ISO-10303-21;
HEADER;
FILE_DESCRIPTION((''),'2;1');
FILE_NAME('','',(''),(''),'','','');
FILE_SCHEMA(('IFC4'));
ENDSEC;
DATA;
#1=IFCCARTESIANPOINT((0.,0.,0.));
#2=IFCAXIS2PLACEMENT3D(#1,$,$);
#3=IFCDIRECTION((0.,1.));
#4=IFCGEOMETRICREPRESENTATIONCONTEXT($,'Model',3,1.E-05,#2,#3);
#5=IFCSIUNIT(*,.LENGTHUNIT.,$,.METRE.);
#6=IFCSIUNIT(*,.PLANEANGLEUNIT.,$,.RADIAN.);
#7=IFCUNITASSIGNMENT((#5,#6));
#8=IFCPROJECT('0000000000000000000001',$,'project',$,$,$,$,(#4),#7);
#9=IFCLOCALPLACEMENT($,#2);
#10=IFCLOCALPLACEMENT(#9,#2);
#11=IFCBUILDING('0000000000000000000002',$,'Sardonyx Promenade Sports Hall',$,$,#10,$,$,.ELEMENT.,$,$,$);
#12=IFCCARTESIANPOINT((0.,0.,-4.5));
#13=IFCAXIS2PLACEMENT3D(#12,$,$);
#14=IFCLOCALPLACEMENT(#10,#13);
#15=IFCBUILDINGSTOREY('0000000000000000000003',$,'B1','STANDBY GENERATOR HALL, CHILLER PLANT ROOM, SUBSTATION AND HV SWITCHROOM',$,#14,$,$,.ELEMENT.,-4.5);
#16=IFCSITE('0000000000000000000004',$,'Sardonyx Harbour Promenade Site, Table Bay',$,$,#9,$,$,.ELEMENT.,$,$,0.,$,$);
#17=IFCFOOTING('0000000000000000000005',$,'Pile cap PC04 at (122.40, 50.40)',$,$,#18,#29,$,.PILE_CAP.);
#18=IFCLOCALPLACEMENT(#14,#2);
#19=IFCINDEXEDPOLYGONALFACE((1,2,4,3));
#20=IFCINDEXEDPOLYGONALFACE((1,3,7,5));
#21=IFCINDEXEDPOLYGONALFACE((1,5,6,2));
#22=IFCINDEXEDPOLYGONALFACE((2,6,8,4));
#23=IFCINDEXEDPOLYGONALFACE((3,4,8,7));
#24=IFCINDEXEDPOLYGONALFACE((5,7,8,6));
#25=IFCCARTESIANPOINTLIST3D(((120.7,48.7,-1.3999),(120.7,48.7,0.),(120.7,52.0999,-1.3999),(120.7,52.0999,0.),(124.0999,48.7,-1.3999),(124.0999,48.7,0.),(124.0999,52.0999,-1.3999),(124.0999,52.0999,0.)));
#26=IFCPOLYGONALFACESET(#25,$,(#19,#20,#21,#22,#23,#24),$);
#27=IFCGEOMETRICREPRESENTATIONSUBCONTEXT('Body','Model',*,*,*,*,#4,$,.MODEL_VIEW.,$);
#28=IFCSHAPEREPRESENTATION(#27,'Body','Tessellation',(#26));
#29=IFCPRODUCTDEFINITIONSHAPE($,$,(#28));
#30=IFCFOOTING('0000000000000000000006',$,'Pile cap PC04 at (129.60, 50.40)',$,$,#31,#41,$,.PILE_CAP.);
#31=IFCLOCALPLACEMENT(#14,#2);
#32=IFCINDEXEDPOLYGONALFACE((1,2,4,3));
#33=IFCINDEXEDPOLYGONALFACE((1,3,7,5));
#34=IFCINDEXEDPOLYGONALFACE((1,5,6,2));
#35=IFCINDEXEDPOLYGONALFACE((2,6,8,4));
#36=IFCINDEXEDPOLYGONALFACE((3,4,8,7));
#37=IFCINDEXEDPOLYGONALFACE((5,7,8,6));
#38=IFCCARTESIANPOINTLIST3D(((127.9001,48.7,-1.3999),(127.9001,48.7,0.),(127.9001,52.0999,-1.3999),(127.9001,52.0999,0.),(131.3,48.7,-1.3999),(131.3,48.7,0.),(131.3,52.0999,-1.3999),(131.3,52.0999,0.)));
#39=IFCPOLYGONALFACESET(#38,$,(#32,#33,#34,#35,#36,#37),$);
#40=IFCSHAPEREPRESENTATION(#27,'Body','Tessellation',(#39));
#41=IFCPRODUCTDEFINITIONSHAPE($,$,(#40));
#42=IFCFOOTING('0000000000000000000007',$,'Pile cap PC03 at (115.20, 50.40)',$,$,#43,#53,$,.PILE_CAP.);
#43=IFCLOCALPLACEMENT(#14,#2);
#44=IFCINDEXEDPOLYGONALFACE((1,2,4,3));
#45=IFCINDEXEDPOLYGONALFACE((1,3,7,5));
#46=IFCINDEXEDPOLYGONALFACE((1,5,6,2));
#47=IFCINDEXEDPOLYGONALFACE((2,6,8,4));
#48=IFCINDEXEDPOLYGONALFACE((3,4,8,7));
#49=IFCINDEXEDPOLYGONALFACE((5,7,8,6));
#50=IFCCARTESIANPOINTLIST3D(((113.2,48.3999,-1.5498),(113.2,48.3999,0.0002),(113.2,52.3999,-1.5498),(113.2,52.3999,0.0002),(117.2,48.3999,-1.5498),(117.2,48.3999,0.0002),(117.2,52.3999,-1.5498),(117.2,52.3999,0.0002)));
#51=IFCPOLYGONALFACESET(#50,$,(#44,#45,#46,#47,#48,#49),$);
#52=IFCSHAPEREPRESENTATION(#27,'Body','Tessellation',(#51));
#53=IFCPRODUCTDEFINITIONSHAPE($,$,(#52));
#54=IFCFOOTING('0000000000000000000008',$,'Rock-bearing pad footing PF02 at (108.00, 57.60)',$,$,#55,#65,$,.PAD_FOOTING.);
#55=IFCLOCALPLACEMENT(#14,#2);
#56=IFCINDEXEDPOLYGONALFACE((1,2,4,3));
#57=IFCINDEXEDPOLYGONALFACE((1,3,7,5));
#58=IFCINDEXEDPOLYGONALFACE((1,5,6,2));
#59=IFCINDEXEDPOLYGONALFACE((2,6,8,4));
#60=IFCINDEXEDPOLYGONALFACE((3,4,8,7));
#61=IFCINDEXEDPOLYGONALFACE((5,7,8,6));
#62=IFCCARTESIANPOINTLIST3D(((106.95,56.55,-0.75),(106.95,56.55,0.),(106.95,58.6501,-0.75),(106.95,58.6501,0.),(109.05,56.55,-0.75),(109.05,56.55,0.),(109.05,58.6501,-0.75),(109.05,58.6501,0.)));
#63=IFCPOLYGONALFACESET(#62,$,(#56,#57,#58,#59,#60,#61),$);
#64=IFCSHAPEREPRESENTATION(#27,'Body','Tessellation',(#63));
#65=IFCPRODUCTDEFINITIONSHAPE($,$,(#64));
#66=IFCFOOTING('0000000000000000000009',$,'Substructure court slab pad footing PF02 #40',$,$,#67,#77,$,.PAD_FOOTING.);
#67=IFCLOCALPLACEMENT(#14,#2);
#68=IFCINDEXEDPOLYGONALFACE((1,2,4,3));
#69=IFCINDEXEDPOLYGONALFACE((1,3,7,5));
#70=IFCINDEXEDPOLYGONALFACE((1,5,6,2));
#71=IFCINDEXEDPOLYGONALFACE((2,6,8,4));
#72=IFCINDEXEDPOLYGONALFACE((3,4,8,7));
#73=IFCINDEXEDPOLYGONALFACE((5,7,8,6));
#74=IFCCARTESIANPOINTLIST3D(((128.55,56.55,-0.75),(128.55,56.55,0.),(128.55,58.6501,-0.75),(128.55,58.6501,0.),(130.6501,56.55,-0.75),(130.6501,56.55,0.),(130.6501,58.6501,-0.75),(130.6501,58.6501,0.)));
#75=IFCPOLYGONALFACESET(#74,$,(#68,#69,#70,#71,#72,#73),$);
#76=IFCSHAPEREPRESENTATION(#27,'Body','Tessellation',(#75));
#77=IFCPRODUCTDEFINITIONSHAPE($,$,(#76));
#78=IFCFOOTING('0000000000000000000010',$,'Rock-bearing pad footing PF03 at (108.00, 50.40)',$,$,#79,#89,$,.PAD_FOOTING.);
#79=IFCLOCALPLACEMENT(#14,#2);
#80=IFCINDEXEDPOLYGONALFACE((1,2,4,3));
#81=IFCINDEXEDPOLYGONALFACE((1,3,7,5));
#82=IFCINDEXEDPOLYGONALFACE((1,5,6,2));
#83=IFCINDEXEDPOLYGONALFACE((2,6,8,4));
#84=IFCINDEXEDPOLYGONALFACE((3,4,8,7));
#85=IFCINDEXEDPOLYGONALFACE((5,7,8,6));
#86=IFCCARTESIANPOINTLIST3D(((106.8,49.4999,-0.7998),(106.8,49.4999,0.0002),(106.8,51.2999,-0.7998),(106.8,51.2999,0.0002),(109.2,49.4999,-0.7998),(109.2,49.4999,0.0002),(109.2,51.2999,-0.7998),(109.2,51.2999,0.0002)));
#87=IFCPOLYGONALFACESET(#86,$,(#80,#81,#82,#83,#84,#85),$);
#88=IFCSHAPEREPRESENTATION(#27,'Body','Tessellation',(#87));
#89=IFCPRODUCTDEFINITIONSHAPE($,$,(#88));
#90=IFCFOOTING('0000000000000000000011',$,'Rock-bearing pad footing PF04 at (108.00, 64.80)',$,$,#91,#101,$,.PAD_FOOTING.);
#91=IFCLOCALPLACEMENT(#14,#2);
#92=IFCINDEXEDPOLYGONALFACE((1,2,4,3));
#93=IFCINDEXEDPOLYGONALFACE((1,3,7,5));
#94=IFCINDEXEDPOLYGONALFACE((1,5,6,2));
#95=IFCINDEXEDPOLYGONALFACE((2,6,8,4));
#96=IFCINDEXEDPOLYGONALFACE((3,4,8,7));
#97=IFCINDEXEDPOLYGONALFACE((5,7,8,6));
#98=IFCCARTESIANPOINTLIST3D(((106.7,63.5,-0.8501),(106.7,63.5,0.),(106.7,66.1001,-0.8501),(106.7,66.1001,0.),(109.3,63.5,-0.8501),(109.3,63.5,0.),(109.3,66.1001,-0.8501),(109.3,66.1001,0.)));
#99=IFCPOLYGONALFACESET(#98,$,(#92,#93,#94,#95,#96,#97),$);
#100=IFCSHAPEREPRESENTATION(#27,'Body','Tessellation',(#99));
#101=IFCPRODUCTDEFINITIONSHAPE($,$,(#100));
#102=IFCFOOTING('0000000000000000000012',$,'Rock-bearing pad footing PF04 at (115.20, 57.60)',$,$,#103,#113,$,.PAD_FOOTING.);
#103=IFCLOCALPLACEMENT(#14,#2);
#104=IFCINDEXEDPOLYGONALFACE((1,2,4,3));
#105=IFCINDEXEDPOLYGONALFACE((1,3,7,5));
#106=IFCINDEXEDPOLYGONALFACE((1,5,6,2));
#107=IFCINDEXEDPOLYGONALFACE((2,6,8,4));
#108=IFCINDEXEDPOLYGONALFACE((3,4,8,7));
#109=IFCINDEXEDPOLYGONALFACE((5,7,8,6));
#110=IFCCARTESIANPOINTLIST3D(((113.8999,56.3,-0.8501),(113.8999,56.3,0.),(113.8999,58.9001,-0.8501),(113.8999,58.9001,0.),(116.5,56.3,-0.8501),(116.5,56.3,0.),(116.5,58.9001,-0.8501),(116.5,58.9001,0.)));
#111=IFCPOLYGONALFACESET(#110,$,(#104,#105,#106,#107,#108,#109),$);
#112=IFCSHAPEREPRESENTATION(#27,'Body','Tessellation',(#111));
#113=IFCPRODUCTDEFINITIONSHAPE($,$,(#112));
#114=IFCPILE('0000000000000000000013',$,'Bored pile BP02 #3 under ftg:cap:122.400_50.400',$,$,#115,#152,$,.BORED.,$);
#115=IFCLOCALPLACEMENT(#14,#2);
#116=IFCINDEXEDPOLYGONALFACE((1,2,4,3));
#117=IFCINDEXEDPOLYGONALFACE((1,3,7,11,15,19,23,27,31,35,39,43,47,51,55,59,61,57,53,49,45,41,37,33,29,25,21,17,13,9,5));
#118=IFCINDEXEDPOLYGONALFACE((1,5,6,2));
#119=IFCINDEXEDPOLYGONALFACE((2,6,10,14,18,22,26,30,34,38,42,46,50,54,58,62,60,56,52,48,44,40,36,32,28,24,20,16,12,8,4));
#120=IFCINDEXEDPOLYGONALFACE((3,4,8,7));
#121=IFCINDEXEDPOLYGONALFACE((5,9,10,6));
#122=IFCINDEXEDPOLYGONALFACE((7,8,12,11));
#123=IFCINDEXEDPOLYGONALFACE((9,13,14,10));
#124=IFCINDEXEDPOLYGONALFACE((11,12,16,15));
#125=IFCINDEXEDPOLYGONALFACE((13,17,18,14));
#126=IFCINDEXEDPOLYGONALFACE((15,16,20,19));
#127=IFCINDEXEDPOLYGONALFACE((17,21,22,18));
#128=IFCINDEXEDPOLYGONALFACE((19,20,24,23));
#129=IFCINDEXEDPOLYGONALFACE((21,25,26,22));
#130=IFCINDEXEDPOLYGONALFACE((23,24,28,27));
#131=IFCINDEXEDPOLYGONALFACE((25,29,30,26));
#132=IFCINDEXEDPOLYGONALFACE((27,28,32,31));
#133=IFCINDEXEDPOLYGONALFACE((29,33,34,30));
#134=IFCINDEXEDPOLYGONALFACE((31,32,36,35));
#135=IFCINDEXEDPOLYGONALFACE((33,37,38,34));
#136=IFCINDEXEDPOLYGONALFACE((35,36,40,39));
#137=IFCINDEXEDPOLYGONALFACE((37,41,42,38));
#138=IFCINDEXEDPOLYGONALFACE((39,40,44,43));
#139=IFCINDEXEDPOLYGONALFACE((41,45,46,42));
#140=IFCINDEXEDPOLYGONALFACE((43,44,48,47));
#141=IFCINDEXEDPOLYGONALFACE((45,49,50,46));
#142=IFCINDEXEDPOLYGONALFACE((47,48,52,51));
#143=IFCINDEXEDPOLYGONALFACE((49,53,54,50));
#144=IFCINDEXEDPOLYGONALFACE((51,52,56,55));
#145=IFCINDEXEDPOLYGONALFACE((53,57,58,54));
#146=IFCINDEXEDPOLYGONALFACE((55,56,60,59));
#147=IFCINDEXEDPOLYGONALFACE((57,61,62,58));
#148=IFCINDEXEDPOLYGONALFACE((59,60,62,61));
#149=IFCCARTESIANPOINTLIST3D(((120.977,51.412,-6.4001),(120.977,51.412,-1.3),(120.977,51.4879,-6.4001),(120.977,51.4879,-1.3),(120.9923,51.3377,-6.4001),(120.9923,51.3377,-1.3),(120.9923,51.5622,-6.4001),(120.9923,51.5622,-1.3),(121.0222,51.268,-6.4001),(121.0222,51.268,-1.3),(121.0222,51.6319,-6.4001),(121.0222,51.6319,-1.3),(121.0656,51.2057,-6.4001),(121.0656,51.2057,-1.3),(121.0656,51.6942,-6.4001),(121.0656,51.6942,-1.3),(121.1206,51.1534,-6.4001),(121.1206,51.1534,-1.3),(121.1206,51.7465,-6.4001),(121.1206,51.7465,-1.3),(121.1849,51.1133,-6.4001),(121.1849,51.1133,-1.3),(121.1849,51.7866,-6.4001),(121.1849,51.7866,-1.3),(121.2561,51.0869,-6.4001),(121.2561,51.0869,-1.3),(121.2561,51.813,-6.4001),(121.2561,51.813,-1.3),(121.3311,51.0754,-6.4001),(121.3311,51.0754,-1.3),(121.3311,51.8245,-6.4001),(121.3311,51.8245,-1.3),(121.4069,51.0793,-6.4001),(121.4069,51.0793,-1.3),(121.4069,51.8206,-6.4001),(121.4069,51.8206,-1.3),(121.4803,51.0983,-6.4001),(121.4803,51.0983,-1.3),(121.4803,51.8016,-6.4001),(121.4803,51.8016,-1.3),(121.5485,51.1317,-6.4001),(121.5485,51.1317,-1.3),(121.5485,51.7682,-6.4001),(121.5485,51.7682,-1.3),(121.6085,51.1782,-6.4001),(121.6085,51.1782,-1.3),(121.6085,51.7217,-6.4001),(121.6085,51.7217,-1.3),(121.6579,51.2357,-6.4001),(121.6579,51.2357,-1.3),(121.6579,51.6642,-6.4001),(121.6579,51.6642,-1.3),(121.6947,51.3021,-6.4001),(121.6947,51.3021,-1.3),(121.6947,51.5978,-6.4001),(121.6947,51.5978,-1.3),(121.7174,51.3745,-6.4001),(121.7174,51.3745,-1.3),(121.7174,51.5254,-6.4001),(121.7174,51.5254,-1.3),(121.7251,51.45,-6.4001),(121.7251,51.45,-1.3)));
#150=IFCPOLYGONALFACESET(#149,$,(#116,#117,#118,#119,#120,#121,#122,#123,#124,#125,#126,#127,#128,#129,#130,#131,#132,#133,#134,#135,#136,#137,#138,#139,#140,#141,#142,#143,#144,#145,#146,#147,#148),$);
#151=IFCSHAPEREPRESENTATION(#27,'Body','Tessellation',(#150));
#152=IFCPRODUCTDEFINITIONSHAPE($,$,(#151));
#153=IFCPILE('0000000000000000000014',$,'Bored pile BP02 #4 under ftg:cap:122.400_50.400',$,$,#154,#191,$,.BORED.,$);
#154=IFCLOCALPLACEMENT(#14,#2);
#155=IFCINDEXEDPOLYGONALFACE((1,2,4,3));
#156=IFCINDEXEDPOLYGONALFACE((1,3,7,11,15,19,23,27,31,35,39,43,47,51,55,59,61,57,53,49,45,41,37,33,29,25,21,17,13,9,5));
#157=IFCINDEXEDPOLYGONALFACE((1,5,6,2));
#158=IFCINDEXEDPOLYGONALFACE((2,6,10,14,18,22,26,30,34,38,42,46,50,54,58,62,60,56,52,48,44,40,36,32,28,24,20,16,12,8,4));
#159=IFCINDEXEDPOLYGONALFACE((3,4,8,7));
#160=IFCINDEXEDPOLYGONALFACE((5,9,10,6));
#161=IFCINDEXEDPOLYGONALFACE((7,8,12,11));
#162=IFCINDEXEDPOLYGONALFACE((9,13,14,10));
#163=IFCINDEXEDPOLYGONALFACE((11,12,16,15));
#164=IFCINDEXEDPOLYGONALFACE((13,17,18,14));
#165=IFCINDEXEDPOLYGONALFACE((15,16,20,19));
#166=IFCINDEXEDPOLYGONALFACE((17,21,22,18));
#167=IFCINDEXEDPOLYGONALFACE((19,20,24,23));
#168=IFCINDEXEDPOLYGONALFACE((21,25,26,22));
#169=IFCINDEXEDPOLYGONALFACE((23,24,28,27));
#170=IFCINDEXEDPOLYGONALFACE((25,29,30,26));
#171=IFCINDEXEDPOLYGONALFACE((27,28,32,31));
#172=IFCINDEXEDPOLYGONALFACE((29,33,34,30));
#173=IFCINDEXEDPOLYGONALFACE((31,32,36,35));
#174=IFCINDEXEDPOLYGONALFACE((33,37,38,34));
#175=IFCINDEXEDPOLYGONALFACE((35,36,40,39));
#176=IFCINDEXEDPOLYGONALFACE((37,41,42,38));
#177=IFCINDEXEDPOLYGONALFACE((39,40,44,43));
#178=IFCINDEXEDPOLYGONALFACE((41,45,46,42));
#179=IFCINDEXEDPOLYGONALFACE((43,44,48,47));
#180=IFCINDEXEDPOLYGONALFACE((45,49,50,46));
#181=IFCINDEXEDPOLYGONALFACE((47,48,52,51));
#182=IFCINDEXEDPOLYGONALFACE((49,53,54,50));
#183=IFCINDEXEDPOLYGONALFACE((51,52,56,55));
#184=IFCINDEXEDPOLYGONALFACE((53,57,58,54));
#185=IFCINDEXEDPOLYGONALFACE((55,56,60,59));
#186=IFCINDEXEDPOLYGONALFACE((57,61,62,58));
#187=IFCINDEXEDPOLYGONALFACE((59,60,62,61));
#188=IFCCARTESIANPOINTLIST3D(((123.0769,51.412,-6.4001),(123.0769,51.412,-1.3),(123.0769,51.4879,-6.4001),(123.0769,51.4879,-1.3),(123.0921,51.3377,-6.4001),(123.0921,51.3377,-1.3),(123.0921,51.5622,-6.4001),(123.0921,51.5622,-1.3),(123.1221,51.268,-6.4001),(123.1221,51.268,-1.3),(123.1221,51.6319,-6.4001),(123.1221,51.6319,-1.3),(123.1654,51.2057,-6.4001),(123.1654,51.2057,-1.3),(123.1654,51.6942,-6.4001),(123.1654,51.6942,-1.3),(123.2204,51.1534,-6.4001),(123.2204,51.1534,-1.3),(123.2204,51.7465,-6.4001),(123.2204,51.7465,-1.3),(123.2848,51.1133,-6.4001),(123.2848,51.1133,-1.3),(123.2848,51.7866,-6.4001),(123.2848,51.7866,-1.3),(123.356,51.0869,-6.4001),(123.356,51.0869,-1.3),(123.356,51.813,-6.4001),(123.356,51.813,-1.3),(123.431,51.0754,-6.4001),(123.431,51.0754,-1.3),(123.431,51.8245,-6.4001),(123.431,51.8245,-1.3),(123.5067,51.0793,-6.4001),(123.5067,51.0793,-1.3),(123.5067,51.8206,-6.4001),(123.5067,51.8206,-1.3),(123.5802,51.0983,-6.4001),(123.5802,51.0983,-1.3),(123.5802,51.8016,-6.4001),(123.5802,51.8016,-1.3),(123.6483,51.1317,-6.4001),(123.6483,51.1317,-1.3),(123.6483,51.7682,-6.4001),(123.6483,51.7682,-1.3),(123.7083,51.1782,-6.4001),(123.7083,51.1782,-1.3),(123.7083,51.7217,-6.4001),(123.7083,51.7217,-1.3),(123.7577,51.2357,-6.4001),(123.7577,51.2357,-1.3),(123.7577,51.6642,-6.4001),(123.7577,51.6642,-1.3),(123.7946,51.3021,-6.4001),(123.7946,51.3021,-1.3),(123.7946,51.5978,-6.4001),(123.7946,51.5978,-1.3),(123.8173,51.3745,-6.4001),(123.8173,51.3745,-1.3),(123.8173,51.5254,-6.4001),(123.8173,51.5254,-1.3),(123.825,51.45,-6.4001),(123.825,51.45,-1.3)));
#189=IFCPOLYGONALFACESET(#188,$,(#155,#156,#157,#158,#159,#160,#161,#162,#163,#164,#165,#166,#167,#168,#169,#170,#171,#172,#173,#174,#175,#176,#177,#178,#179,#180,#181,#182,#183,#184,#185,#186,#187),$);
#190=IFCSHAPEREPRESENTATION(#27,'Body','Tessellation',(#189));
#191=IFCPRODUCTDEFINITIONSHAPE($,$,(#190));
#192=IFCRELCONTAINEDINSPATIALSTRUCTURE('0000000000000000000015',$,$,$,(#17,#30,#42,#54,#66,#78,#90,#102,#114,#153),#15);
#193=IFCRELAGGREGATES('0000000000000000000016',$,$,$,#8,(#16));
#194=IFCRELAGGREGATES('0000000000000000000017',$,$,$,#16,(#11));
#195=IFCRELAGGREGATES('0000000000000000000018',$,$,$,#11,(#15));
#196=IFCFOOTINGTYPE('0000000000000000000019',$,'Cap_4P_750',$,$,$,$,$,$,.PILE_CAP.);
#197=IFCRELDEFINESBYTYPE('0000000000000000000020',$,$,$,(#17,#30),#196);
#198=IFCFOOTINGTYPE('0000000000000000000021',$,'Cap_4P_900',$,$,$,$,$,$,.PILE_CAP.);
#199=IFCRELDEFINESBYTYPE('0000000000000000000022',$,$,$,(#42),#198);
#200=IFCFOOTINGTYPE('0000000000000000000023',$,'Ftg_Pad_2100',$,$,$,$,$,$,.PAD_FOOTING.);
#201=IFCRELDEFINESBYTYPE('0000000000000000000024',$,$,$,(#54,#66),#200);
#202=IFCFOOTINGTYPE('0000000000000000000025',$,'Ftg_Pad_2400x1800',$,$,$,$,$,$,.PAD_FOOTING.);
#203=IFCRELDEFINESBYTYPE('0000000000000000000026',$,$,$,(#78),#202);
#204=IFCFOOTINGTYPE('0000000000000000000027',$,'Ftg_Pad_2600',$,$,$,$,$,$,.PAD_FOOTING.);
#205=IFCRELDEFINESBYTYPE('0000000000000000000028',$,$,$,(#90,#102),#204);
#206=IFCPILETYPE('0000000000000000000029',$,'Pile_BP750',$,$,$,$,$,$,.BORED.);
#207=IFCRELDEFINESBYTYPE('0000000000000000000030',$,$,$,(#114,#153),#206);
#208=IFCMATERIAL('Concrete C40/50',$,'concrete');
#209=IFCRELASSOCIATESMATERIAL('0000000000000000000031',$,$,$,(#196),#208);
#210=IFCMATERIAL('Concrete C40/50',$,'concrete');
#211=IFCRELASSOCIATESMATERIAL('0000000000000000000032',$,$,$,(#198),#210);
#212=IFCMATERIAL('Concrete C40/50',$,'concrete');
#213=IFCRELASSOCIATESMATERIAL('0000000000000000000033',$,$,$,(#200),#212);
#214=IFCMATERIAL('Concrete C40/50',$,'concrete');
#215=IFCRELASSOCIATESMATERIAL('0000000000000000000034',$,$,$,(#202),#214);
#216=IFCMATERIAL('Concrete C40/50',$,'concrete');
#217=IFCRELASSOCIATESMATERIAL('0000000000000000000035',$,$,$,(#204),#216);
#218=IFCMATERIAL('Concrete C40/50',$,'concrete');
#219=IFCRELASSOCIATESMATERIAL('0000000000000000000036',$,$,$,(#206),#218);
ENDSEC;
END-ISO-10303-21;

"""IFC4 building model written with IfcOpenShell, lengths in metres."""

from ifc_helpers import new_model, si_unit, direction, frame, origin, origin_2d, place, context, subcontext, project, spatial, rectangle, circle, extrude, material, material_profile, profile_set, type_object, element, save


model = new_model("IFC4")

# Units and contexts
model_context = context("Model", 3, precision=1e-05, world=origin(), true_north=direction((0.0, 1.0)))
body_context = subcontext(model_context, "Body", "Model", "MODEL_VIEW")
ifc_project = project(units=[si_unit("LENGTHUNIT", "METRE"), si_unit("PLANEANGLEUNIT", "RADIAN")], contexts=[model_context])

# Site, building, storey
site_placement = place(None, origin())
site = spatial("IfcSite", under=ifc_project, at=site_placement, Name="Sardonyx Harbour Promenade Site, Table Bay", CompositionType="ELEMENT", RefElevation=0.0)
building_placement = place(site_placement, origin())
building = spatial("IfcBuilding", under=site, at=building_placement, Name="Sardonyx Promenade Sports Hall", CompositionType="ELEMENT")
storey_placement = place(building_placement, frame((0.0, 0.0, -4.5)))
storey = spatial("IfcBuildingStorey", under=building, at=storey_placement, Name="B1", Description="STANDBY GENERATOR HALL, CHILLER PLANT ROOM, SUBSTATION AND HV SWITCHROOM", CompositionType="ELEMENT", Elevation=-4.5)

# Footings
ifc_material_1 = material(Name="Concrete C40/50", Category="concrete")
footing_type_1 = type_object("IfcFootingType", Name="Cap_4P_750", PredefinedType="PILE_CAP", material=ifc_material_1)
for number, where, z_axis, x_axis, name in (
    (1, (122.3999, 50.3999, -1.3999), (0.0, 0.0, 1.0), (1.0, 0.0, 0.0), "Pile cap PC04 at (122.40, 50.40)"),
    (2, (129.6001, 50.3999, -1.3999), (0.0, 0.0, 1.0), (1.0, 0.0, 0.0), "Pile cap PC04 at (129.60, 50.40)"),
):
    element("IfcFooting", number, at=place(storey_placement, frame(where, z_axis=z_axis, x_axis=x_axis)), inside=storey, type_object=footing_type_1, Name=name, PredefinedType="PILE_CAP", context=body_context, shape_type="SweptSolid", body=[
        extrude(rectangle(XDim=3.3999, YDim=3.3999, at=origin_2d()), origin(), (0.0, 0.0, 1.0), 1.3999),
    ])
ifc_material_2 = material(Name="Concrete C40/50", Category="concrete")
footing_type_2 = type_object("IfcFootingType", Name="Cap_4P_900", PredefinedType="PILE_CAP", material=ifc_material_2)
footing_1_placement = place(storey_placement, frame((115.2, 50.3999, -1.5498), z_axis=(0.0, 0.0, 1.0), x_axis=(1.0, 0.0, 0.0)))
element("IfcFooting", 3, at=footing_1_placement, inside=storey, type_object=footing_type_2, Name="Pile cap PC03 at (115.20, 50.40)", PredefinedType="PILE_CAP", context=body_context, shape_type="SweptSolid", body=[
    extrude(rectangle(XDim=4.0, YDim=4.0, at=origin_2d()), origin(), (0.0, 0.0, 1.0), 1.55),
])
ifc_material_3 = material(Name="Concrete C40/50", Category="concrete")
footing_type_3 = type_object("IfcFootingType", Name="Ftg_Pad_2100", PredefinedType="PAD_FOOTING", material=ifc_material_3)
for number, where, z_axis, x_axis, name in (
    (4, (108.0, 57.6001, -0.75), (0.0, 0.0, 1.0), (1.0, 0.0, 0.0), "Rock-bearing pad footing PF02 at (108.00, 57.60)"),
    (5, (129.6001, 57.6001, -0.75), (0.0, 0.0, 1.0), (1.0, 0.0, 0.0), "Substructure court slab pad footing PF02 #40"),
):
    element("IfcFooting", number, at=place(storey_placement, frame(where, z_axis=z_axis, x_axis=x_axis)), inside=storey, type_object=footing_type_3, Name=name, PredefinedType="PAD_FOOTING", context=body_context, shape_type="SweptSolid", body=[
        extrude(rectangle(XDim=2.1001, YDim=2.1001, at=origin_2d()), origin(), (0.0, 0.0, 1.0), 0.75),
    ])
ifc_material_4 = material(Name="Concrete C40/50", Category="concrete")
footing_type_4 = type_object("IfcFootingType", Name="Ftg_Pad_2400x1800", PredefinedType="PAD_FOOTING", material=ifc_material_4)
footing_2_placement = place(storey_placement, frame((108.0, 50.3999, -0.7998), z_axis=(0.0, 0.0, 1.0), x_axis=(1.0, 0.0, 0.0)))
element("IfcFooting", 6, at=footing_2_placement, inside=storey, type_object=footing_type_4, Name="Rock-bearing pad footing PF03 at (108.00, 50.40)", PredefinedType="PAD_FOOTING", context=body_context, shape_type="SweptSolid", body=[
    extrude(rectangle(XDim=2.3999, YDim=1.8, at=origin_2d()), origin(), (0.0, 0.0, 1.0), 0.8),
])
ifc_material_5 = material(Name="Concrete C40/50", Category="concrete")
footing_type_5 = type_object("IfcFootingType", Name="Ftg_Pad_2600", PredefinedType="PAD_FOOTING", material=ifc_material_5)
for number, where, z_axis, x_axis, name in (
    (7, (108.0, 64.8, -0.8501), (0.0, 0.0, 1.0), (1.0, 0.0, 0.0), "Rock-bearing pad footing PF04 at (108.00, 64.80)"),
    (8, (115.2, 57.6001, -0.8501), (0.0, 0.0, 1.0), (1.0, 0.0, 0.0), "Rock-bearing pad footing PF04 at (115.20, 57.60)"),
):
    element("IfcFooting", number, at=place(storey_placement, frame(where, z_axis=z_axis, x_axis=x_axis)), inside=storey, type_object=footing_type_5, Name=name, PredefinedType="PAD_FOOTING", context=body_context, shape_type="SweptSolid", body=[
        extrude(rectangle(XDim=2.6001, YDim=2.6001, at=origin_2d()), origin(), (0.0, 0.0, 1.0), 0.8501),
    ])

# Piles
ifc_material_6 = material(Name="Concrete C40/50", Category="concrete")
ifc_material_profile_1 = material_profile(ifc_material_6, circle(Radius=0.375, at=origin_2d()))
ifc_profile_set_1 = profile_set([ifc_material_profile_1], Name="Concrete C40/50")
pile_type_1 = type_object("IfcPileType", Name="Pile_BP750", PredefinedType="BORED", material=ifc_profile_set_1)
for number, where, z_axis, x_axis, name in (
    (9, (121.3501, 51.45, -1.3), (0.0, 0.0, -1.0), (1.0, 0.0, 0.0), "Bored pile BP02 #3 under ftg:cap:122.400_50.400"),
    (10, (123.45, 51.45, -1.3), (0.0, 0.0, -1.0), (1.0, 0.0, 0.0), "Bored pile BP02 #4 under ftg:cap:122.400_50.400"),
):
    element("IfcPile", number, at=place(storey_placement, frame(where, z_axis=z_axis, x_axis=x_axis)), inside=storey, type_object=pile_type_1, Name=name, PredefinedType="BORED", context=body_context, shape_type="SweptSolid", body=[
        extrude(circle(Radius=0.375, at=origin_2d()), origin(), (0.0, 0.0, 1.0), 5.1001),
    ])

save(model, "model.ifc")
